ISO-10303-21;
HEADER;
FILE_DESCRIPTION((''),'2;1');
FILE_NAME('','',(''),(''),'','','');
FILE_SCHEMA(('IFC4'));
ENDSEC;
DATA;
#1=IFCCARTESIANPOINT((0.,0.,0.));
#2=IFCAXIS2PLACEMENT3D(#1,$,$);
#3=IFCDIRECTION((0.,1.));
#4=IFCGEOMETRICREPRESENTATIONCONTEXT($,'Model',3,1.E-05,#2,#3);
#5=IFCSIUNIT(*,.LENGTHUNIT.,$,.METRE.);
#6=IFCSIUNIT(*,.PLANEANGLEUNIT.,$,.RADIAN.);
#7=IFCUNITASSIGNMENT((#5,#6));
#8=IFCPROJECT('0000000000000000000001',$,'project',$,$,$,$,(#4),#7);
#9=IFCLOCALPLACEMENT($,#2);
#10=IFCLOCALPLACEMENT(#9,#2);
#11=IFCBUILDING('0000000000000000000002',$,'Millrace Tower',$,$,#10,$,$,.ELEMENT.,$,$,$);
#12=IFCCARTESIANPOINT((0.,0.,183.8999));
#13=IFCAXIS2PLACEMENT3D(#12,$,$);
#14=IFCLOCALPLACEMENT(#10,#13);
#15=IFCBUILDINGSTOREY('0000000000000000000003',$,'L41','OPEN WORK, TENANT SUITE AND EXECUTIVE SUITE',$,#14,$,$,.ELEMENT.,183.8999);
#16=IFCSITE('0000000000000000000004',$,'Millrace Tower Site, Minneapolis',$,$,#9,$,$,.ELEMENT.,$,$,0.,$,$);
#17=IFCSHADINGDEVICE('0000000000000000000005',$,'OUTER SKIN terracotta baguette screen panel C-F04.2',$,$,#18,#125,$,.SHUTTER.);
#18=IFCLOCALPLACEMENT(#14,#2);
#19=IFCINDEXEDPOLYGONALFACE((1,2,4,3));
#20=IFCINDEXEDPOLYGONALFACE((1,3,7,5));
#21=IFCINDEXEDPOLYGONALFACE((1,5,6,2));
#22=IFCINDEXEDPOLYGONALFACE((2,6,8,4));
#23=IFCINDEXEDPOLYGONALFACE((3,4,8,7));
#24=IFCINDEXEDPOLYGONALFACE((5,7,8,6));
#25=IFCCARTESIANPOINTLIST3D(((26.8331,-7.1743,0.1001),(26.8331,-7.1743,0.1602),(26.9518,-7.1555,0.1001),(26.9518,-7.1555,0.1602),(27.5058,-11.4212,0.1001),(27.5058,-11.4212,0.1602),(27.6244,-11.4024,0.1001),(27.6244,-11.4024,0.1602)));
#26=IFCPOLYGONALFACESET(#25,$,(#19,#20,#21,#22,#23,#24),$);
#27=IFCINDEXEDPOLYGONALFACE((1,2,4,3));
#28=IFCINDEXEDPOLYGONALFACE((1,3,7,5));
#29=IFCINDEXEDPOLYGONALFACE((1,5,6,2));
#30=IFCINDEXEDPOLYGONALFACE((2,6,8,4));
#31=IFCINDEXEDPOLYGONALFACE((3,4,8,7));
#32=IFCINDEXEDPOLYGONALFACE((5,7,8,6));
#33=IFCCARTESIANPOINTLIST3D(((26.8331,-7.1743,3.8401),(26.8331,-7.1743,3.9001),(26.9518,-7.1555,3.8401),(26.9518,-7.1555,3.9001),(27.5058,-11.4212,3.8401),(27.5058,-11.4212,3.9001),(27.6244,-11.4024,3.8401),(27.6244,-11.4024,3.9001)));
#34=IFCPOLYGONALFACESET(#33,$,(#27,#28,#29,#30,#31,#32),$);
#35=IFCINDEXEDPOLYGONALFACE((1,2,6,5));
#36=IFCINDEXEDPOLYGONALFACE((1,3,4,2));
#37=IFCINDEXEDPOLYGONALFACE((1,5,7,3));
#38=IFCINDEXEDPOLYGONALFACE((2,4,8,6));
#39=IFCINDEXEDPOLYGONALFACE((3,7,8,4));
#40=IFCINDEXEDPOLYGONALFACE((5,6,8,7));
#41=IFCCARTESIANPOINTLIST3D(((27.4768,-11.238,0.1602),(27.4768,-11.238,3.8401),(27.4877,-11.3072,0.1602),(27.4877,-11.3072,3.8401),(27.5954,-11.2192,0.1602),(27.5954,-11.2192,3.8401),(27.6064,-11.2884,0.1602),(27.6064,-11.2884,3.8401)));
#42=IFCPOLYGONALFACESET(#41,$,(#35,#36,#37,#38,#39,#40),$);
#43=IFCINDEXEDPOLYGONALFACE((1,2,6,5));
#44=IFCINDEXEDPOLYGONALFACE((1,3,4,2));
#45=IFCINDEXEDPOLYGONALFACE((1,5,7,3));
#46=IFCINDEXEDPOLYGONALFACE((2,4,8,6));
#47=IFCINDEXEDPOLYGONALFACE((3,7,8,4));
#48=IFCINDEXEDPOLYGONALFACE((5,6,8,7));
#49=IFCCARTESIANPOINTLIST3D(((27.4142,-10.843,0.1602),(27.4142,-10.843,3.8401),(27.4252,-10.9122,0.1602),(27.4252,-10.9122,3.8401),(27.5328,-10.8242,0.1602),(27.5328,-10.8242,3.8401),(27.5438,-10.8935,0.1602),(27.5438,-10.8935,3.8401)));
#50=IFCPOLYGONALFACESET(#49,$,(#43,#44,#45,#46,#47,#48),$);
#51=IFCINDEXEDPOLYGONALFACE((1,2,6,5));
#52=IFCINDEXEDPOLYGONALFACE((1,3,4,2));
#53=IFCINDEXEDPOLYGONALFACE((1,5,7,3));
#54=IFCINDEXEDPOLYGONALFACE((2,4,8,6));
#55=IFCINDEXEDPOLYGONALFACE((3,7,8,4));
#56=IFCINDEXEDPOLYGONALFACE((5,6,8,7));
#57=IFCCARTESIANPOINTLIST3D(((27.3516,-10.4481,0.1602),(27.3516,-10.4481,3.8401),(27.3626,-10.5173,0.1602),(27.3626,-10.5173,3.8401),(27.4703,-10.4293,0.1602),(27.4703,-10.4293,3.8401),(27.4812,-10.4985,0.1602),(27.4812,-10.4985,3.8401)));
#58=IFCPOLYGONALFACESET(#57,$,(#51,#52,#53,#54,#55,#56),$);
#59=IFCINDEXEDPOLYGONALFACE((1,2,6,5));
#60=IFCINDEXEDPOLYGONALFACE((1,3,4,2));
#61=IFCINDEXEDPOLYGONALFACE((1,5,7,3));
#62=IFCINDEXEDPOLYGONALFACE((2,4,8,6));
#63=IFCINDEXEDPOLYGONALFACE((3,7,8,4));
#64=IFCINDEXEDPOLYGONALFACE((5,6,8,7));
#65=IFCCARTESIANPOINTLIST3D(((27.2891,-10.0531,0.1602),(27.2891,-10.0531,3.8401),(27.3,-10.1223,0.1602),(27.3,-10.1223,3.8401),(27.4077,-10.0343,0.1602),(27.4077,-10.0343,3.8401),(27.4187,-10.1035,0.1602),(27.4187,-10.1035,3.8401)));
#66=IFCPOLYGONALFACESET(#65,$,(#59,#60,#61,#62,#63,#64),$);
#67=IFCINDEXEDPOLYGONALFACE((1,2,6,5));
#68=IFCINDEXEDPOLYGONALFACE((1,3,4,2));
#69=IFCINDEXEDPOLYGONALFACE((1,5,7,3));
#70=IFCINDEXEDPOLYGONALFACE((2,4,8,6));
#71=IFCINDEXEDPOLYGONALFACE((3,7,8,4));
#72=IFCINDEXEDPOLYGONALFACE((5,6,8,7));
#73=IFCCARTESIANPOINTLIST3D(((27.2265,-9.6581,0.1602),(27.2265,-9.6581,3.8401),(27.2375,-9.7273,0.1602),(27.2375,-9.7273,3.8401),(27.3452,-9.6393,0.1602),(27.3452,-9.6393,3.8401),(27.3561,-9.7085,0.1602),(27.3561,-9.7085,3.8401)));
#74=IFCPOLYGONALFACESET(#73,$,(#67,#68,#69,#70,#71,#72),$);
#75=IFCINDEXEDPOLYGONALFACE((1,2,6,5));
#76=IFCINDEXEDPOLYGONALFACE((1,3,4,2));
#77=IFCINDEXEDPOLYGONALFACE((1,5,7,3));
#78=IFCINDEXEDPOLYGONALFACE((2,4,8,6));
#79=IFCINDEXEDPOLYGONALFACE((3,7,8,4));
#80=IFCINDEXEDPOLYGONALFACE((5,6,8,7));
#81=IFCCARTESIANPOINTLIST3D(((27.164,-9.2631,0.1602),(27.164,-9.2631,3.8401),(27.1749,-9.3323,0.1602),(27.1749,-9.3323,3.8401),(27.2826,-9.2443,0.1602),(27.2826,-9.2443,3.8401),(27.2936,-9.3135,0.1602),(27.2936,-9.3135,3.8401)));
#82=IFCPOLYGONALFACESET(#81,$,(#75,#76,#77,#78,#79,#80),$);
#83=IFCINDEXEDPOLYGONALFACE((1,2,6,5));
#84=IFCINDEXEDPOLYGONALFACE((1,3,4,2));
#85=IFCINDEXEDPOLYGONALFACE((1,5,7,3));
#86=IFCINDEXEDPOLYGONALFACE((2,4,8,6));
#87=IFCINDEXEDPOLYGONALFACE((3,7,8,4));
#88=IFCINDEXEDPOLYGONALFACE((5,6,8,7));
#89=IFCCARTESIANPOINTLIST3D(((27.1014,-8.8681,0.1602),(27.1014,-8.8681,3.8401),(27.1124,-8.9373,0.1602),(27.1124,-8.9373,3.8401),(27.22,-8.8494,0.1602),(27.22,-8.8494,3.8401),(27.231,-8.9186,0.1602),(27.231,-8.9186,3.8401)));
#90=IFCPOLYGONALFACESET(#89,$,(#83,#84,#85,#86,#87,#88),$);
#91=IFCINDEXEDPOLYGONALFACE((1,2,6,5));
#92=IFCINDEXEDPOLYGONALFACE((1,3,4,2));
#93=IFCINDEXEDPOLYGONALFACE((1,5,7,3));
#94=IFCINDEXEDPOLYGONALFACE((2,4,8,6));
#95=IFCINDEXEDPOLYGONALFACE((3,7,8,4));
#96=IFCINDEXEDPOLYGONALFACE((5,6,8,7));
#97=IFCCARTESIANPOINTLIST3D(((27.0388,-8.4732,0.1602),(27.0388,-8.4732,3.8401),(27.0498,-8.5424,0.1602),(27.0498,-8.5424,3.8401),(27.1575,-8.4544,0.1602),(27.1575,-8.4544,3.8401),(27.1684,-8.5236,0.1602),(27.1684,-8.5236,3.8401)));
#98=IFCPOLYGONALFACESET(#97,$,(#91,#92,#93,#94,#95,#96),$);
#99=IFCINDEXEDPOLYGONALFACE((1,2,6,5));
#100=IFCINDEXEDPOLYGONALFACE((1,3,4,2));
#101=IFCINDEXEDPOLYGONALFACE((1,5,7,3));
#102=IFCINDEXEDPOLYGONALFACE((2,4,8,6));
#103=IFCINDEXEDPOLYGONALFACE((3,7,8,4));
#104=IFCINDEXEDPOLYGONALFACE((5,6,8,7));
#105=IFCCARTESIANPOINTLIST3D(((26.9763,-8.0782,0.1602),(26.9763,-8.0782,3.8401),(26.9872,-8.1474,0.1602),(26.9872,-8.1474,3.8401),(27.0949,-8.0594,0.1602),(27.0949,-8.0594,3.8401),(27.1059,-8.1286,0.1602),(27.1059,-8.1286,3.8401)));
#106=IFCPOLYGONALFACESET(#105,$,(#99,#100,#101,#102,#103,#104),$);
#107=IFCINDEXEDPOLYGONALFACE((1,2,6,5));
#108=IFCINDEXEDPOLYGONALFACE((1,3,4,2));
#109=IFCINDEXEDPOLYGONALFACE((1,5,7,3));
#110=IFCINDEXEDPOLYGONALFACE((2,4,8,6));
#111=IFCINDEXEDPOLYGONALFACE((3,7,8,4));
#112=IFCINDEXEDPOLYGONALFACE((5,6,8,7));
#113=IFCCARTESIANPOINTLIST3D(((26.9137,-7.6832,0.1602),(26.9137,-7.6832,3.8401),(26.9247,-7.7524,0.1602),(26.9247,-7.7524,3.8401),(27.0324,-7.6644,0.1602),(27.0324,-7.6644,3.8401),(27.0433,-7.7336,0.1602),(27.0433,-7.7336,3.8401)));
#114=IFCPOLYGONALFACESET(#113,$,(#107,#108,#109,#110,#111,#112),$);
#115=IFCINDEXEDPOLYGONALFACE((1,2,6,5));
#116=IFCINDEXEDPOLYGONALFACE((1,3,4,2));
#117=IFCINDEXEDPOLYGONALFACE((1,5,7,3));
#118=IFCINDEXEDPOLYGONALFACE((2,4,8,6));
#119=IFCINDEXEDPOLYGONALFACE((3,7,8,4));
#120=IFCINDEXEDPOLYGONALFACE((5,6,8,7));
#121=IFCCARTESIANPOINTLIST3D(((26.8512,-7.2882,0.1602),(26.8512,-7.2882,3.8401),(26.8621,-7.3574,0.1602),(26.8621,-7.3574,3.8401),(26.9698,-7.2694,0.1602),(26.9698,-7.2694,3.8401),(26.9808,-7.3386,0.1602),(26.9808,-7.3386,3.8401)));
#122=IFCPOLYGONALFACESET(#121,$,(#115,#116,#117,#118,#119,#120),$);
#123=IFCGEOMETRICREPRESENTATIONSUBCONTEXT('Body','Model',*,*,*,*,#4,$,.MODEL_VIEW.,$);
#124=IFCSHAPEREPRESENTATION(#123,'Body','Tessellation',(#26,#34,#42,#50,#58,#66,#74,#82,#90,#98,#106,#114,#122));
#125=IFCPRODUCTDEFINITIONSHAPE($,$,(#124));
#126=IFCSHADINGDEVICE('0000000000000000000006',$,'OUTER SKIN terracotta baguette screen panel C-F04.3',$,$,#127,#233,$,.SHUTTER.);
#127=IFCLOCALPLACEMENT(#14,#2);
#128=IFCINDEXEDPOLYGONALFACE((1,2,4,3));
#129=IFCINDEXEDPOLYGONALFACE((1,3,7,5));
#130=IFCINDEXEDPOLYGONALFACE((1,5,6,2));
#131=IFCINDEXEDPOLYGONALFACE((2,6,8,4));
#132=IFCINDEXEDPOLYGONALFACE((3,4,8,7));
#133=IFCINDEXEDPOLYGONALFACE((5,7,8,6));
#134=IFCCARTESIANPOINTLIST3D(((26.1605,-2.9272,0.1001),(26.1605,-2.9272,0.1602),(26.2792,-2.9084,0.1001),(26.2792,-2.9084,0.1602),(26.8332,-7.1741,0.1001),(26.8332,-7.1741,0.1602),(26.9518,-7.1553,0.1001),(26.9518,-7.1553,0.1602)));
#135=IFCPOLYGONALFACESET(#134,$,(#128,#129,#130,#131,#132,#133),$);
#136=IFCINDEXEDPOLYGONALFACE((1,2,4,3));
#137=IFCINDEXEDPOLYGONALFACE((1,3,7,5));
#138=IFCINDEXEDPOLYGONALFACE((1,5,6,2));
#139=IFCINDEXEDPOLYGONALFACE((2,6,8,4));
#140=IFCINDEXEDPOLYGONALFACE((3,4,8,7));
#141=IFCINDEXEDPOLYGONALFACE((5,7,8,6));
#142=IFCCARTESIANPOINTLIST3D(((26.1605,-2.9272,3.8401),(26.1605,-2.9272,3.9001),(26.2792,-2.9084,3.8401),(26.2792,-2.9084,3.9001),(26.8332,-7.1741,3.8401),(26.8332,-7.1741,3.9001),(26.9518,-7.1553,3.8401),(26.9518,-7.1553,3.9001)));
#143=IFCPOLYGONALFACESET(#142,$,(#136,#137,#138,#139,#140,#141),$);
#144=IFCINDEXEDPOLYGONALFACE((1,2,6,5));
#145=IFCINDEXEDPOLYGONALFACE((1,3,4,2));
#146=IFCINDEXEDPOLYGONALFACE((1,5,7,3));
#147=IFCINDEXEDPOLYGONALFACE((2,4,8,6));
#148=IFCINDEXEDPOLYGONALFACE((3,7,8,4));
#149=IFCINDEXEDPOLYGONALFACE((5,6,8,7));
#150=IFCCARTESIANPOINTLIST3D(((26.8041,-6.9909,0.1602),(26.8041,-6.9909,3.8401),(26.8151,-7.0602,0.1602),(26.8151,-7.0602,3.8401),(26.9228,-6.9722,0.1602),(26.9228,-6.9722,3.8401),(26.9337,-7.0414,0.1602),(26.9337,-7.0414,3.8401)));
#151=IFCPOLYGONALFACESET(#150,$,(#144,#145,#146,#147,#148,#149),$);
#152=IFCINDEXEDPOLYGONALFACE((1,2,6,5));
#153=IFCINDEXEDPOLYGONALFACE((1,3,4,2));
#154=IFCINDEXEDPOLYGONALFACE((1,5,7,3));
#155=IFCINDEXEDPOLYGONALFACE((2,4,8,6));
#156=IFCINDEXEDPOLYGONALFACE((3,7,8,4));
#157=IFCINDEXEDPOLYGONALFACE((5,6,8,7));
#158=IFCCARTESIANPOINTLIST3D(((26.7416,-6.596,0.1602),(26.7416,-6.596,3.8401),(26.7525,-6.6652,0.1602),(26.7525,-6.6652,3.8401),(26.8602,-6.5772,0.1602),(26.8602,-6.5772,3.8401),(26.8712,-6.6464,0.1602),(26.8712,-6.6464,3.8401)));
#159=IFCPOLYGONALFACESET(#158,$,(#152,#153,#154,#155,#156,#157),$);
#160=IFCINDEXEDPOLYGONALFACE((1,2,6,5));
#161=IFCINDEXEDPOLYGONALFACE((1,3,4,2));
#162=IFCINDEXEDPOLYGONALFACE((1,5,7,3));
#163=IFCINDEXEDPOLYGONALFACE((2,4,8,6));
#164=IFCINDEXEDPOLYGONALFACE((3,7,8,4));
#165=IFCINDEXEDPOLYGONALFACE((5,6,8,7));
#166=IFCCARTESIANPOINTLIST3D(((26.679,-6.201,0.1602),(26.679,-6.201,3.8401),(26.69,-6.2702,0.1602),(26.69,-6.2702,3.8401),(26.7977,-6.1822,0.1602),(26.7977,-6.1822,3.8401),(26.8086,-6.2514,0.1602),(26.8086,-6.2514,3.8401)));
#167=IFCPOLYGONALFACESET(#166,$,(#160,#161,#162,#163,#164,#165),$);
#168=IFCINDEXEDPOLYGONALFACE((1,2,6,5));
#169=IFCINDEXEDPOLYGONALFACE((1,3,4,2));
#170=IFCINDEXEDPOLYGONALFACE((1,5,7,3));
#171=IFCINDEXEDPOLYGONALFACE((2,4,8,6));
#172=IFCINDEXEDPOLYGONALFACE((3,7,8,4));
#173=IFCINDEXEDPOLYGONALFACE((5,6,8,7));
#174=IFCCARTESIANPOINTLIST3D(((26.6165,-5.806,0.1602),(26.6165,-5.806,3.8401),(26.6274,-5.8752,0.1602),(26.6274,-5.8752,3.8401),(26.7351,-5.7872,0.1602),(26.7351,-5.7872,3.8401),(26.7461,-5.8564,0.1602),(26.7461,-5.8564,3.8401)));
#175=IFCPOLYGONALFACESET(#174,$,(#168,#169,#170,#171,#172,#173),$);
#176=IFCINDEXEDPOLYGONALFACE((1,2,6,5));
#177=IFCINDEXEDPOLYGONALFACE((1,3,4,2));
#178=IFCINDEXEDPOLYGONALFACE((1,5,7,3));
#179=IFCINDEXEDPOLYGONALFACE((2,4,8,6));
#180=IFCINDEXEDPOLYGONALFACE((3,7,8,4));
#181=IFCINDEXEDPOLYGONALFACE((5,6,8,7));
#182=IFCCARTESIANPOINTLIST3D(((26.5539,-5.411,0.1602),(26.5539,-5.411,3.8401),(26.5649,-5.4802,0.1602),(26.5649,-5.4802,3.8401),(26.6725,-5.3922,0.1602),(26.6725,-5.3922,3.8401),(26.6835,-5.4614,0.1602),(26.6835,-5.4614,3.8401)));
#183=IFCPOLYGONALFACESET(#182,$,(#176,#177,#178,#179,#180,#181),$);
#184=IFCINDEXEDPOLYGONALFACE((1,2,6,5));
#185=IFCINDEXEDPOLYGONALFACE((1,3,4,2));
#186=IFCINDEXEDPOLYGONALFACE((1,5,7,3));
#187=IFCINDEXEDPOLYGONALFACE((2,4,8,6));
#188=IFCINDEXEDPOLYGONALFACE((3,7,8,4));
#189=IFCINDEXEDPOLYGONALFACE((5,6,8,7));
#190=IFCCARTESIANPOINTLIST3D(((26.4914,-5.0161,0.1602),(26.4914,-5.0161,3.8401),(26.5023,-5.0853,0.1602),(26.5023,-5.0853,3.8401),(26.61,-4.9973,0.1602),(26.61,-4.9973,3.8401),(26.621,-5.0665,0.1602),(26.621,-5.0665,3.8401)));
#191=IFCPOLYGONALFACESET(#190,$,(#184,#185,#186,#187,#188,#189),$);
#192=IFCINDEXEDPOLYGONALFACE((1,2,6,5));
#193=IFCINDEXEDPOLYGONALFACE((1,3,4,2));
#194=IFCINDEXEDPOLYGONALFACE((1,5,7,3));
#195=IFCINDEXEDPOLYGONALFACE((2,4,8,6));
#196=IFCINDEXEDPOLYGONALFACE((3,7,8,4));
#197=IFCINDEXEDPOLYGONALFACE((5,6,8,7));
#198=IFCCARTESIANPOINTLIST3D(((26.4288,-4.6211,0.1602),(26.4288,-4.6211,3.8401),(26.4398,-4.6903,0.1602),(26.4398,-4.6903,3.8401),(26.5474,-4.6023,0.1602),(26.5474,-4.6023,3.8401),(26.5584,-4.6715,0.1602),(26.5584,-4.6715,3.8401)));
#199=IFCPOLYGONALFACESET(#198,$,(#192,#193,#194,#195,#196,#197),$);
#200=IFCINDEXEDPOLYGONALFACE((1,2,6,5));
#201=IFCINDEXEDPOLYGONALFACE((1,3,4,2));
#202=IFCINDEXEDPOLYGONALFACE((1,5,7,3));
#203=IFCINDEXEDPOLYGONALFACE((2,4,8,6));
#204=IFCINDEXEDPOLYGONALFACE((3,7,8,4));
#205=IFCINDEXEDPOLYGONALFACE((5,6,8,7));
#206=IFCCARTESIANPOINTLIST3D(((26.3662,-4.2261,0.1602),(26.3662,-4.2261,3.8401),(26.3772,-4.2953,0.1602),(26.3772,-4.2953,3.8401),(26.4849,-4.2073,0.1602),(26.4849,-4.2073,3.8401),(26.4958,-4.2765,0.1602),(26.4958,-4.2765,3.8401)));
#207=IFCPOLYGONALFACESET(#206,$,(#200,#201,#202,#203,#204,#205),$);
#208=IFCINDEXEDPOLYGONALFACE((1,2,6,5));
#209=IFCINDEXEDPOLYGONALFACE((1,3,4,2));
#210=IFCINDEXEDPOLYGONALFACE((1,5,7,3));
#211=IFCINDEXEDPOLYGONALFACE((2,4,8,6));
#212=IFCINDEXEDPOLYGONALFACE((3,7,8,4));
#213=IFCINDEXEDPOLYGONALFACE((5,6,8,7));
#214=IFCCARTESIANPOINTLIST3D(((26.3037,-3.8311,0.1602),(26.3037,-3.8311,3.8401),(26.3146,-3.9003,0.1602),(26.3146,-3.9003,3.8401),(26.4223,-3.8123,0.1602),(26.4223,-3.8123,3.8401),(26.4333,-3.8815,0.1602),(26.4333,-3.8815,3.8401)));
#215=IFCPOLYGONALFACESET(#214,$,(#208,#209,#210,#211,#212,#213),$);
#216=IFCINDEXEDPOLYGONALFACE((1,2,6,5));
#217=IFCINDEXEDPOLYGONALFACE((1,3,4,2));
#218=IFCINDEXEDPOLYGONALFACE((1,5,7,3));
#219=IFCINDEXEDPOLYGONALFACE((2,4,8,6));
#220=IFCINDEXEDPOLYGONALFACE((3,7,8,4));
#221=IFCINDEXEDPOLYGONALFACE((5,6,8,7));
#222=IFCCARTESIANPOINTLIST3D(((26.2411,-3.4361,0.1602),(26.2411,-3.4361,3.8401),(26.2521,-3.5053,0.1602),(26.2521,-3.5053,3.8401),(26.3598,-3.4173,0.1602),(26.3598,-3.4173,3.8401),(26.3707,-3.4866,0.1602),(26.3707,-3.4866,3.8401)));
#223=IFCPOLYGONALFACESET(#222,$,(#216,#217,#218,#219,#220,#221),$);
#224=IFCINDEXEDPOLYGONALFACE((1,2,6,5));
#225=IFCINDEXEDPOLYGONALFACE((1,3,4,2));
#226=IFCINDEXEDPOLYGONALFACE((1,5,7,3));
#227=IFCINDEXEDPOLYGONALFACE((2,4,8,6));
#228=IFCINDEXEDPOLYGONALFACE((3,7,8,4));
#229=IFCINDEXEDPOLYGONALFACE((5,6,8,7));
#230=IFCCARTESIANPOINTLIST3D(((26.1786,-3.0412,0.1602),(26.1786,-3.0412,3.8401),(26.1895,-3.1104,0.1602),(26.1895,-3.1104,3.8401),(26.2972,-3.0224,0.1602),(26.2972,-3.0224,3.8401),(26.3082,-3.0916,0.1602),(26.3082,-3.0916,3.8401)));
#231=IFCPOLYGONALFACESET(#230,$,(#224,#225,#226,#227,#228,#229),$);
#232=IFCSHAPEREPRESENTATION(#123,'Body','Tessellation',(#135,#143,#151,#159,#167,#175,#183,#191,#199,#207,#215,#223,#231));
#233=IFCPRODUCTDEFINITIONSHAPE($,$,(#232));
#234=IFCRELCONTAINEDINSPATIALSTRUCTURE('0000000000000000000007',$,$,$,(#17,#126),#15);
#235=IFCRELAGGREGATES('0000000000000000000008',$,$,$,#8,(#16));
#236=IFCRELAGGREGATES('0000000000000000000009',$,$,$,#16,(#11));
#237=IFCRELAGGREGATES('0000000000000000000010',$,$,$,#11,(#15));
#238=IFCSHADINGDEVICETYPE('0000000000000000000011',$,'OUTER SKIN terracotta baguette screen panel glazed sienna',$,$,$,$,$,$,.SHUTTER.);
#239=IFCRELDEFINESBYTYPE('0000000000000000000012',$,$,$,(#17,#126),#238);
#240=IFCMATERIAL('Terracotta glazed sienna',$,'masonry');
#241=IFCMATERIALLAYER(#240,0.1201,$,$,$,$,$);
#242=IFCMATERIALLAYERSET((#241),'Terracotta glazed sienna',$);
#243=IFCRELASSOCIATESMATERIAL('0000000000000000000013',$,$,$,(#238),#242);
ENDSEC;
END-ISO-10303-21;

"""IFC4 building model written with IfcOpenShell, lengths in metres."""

from ifc_helpers import new_model, entity, si_unit, direction, frame, frame_2d, origin, origin_2d, place, context, subcontext, project, spatial, rectangle, extrude, source, transform, mapped, material, layer, layer_set, type_object, element, save


model = new_model("IFC4")

# Units and contexts
model_context = context("Model", 3, precision=1e-05, world=origin(), true_north=direction((0.0, 1.0)))
body_context = subcontext(model_context, "Body", "Model", "MODEL_VIEW")
ifc_project = project(units=[si_unit("LENGTHUNIT", "METRE"), si_unit("PLANEANGLEUNIT", "RADIAN")], contexts=[model_context])

# Site, building, storey
site_placement = place(None, origin())
site = spatial("IfcSite", under=ifc_project, at=site_placement, Name="Millrace Tower Site, Minneapolis", CompositionType="ELEMENT", RefElevation=0.0)
building_placement = place(site_placement, origin())
building = spatial("IfcBuilding", under=site, at=building_placement, Name="Millrace Tower", CompositionType="ELEMENT")
storey_placement = place(building_placement, frame((0.0, 0.0, 183.8999)))
storey = spatial("IfcBuildingStorey", under=building, at=storey_placement, Name="L41", Description="OPEN WORK, TENANT SUITE AND EXECUTIVE SUITE", CompositionType="ELEMENT", Elevation=183.8999)

# Shading devices
ifc_material_1 = material(Name="Terracotta glazed sienna", Category="masonry")
ifc_layer_1 = layer(ifc_material_1, 0.1201)
ifc_layer_set_1 = layer_set([ifc_layer_1], Name="Terracotta glazed sienna")
shading_device_type = type_object("IfcShadingDeviceType", Name="OUTER SKIN terracotta baguette screen panel glazed sienna", PredefinedType="SHUTTER", material=ifc_layer_set_1)
cartesian_point = entity("IfcCartesianPoint", [-2.1499, 0.0601])
shared_polyline = entity("IfcPolyline", [cartesian_point, entity("IfcCartesianPoint", [2.1499, 0.0601]), entity("IfcCartesianPoint", [2.1499, -0.0601]), entity("IfcCartesianPoint", [-2.1499, -0.0601]), cartesian_point])
shared_shape = source(origin(), body_context, "Body", "SweptSolid", [
    entity("IfcExtrudedAreaSolid", entity("IfcArbitraryClosedProfileDef", "AREA", None, shared_polyline), entity("IfcAxis2Placement3D", entity("IfcCartesianPoint", [0.0, 0.0, 0.0])), entity("IfcDirection", [0.0, 0.0, 1.0]), 0.0601),
    entity("IfcExtrudedAreaSolid", entity("IfcArbitraryClosedProfileDef", "AREA", None, shared_polyline), entity("IfcAxis2Placement3D", entity("IfcCartesianPoint", [0.0, 0.0, 3.74])), entity("IfcDirection", [0.0, 0.0, 1.0]), 0.0601),
    extrude(rectangle(XDim=0.0701, YDim=0.1201, at=frame_2d((-1.9995, 0.0))), frame((0.0, 0.0, 0.0601)), (0.0, 0.0, 1.0), 3.6799),
    extrude(rectangle(XDim=0.0701, YDim=0.1201, at=frame_2d((-1.5996, 0.0))), frame((0.0, 0.0, 0.0601)), (0.0, 0.0, 1.0), 3.6799),
    extrude(rectangle(XDim=0.0701, YDim=0.1201, at=frame_2d((-1.1997, 0.0))), frame((0.0, 0.0, 0.0601)), (0.0, 0.0, 1.0), 3.6799),
    extrude(rectangle(XDim=0.0701, YDim=0.1201, at=frame_2d((-0.7998, 0.0))), frame((0.0, 0.0, 0.0601)), (0.0, 0.0, 1.0), 3.6799),
    extrude(rectangle(XDim=0.0701, YDim=0.1201, at=frame_2d((-0.3999, 0.0))), frame((0.0, 0.0, 0.0601)), (0.0, 0.0, 1.0), 3.6799),
    extrude(rectangle(XDim=0.0701, YDim=0.1201, at=origin_2d()), frame((0.0, 0.0, 0.0601)), (0.0, 0.0, 1.0), 3.6799),
    extrude(rectangle(XDim=0.0701, YDim=0.1201, at=frame_2d((0.3999, 0.0))), frame((0.0, 0.0, 0.0601)), (0.0, 0.0, 1.0), 3.6799),
    extrude(rectangle(XDim=0.0701, YDim=0.1201, at=frame_2d((0.7998, 0.0))), frame((0.0, 0.0, 0.0601)), (0.0, 0.0, 1.0), 3.6799),
    extrude(rectangle(XDim=0.0701, YDim=0.1201, at=frame_2d((1.1997, 0.0))), frame((0.0, 0.0, 0.0601)), (0.0, 0.0, 1.0), 3.6799),
    extrude(rectangle(XDim=0.0701, YDim=0.1201, at=frame_2d((1.5996, 0.0))), frame((0.0, 0.0, 0.0601)), (0.0, 0.0, 1.0), 3.6799),
    extrude(rectangle(XDim=0.0701, YDim=0.1201, at=frame_2d((1.9995, 0.0))), frame((0.0, 0.0, 0.0601)), (0.0, 0.0, 1.0), 3.6799),
])
for number, where, z_axis, x_axis, name in (
    (1, (27.2288, -9.2883, 0.1001), (0.0, 0.0, 1.0), (-0.156434, 0.987688, 0.0), "OUTER SKIN terracotta baguette screen panel C-F04.2"),
    (2, (26.5562, -5.0413, 0.1001), (0.0, 0.0, 1.0), (-0.156434, 0.987688, 0.0), "OUTER SKIN terracotta baguette screen panel C-F04.3"),
):
    element("IfcShadingDevice", number, at=place(storey_placement, frame(where, z_axis=z_axis, x_axis=x_axis)), inside=storey, type_object=shading_device_type, Name=name, PredefinedType="SHUTTER", context=body_context, shape_type="MappedRepresentation", body=[
        mapped(shared_shape, transform((0.0, 0.0, 0.0), scale=1.0)),
    ])

save(model, "model.ifc")
